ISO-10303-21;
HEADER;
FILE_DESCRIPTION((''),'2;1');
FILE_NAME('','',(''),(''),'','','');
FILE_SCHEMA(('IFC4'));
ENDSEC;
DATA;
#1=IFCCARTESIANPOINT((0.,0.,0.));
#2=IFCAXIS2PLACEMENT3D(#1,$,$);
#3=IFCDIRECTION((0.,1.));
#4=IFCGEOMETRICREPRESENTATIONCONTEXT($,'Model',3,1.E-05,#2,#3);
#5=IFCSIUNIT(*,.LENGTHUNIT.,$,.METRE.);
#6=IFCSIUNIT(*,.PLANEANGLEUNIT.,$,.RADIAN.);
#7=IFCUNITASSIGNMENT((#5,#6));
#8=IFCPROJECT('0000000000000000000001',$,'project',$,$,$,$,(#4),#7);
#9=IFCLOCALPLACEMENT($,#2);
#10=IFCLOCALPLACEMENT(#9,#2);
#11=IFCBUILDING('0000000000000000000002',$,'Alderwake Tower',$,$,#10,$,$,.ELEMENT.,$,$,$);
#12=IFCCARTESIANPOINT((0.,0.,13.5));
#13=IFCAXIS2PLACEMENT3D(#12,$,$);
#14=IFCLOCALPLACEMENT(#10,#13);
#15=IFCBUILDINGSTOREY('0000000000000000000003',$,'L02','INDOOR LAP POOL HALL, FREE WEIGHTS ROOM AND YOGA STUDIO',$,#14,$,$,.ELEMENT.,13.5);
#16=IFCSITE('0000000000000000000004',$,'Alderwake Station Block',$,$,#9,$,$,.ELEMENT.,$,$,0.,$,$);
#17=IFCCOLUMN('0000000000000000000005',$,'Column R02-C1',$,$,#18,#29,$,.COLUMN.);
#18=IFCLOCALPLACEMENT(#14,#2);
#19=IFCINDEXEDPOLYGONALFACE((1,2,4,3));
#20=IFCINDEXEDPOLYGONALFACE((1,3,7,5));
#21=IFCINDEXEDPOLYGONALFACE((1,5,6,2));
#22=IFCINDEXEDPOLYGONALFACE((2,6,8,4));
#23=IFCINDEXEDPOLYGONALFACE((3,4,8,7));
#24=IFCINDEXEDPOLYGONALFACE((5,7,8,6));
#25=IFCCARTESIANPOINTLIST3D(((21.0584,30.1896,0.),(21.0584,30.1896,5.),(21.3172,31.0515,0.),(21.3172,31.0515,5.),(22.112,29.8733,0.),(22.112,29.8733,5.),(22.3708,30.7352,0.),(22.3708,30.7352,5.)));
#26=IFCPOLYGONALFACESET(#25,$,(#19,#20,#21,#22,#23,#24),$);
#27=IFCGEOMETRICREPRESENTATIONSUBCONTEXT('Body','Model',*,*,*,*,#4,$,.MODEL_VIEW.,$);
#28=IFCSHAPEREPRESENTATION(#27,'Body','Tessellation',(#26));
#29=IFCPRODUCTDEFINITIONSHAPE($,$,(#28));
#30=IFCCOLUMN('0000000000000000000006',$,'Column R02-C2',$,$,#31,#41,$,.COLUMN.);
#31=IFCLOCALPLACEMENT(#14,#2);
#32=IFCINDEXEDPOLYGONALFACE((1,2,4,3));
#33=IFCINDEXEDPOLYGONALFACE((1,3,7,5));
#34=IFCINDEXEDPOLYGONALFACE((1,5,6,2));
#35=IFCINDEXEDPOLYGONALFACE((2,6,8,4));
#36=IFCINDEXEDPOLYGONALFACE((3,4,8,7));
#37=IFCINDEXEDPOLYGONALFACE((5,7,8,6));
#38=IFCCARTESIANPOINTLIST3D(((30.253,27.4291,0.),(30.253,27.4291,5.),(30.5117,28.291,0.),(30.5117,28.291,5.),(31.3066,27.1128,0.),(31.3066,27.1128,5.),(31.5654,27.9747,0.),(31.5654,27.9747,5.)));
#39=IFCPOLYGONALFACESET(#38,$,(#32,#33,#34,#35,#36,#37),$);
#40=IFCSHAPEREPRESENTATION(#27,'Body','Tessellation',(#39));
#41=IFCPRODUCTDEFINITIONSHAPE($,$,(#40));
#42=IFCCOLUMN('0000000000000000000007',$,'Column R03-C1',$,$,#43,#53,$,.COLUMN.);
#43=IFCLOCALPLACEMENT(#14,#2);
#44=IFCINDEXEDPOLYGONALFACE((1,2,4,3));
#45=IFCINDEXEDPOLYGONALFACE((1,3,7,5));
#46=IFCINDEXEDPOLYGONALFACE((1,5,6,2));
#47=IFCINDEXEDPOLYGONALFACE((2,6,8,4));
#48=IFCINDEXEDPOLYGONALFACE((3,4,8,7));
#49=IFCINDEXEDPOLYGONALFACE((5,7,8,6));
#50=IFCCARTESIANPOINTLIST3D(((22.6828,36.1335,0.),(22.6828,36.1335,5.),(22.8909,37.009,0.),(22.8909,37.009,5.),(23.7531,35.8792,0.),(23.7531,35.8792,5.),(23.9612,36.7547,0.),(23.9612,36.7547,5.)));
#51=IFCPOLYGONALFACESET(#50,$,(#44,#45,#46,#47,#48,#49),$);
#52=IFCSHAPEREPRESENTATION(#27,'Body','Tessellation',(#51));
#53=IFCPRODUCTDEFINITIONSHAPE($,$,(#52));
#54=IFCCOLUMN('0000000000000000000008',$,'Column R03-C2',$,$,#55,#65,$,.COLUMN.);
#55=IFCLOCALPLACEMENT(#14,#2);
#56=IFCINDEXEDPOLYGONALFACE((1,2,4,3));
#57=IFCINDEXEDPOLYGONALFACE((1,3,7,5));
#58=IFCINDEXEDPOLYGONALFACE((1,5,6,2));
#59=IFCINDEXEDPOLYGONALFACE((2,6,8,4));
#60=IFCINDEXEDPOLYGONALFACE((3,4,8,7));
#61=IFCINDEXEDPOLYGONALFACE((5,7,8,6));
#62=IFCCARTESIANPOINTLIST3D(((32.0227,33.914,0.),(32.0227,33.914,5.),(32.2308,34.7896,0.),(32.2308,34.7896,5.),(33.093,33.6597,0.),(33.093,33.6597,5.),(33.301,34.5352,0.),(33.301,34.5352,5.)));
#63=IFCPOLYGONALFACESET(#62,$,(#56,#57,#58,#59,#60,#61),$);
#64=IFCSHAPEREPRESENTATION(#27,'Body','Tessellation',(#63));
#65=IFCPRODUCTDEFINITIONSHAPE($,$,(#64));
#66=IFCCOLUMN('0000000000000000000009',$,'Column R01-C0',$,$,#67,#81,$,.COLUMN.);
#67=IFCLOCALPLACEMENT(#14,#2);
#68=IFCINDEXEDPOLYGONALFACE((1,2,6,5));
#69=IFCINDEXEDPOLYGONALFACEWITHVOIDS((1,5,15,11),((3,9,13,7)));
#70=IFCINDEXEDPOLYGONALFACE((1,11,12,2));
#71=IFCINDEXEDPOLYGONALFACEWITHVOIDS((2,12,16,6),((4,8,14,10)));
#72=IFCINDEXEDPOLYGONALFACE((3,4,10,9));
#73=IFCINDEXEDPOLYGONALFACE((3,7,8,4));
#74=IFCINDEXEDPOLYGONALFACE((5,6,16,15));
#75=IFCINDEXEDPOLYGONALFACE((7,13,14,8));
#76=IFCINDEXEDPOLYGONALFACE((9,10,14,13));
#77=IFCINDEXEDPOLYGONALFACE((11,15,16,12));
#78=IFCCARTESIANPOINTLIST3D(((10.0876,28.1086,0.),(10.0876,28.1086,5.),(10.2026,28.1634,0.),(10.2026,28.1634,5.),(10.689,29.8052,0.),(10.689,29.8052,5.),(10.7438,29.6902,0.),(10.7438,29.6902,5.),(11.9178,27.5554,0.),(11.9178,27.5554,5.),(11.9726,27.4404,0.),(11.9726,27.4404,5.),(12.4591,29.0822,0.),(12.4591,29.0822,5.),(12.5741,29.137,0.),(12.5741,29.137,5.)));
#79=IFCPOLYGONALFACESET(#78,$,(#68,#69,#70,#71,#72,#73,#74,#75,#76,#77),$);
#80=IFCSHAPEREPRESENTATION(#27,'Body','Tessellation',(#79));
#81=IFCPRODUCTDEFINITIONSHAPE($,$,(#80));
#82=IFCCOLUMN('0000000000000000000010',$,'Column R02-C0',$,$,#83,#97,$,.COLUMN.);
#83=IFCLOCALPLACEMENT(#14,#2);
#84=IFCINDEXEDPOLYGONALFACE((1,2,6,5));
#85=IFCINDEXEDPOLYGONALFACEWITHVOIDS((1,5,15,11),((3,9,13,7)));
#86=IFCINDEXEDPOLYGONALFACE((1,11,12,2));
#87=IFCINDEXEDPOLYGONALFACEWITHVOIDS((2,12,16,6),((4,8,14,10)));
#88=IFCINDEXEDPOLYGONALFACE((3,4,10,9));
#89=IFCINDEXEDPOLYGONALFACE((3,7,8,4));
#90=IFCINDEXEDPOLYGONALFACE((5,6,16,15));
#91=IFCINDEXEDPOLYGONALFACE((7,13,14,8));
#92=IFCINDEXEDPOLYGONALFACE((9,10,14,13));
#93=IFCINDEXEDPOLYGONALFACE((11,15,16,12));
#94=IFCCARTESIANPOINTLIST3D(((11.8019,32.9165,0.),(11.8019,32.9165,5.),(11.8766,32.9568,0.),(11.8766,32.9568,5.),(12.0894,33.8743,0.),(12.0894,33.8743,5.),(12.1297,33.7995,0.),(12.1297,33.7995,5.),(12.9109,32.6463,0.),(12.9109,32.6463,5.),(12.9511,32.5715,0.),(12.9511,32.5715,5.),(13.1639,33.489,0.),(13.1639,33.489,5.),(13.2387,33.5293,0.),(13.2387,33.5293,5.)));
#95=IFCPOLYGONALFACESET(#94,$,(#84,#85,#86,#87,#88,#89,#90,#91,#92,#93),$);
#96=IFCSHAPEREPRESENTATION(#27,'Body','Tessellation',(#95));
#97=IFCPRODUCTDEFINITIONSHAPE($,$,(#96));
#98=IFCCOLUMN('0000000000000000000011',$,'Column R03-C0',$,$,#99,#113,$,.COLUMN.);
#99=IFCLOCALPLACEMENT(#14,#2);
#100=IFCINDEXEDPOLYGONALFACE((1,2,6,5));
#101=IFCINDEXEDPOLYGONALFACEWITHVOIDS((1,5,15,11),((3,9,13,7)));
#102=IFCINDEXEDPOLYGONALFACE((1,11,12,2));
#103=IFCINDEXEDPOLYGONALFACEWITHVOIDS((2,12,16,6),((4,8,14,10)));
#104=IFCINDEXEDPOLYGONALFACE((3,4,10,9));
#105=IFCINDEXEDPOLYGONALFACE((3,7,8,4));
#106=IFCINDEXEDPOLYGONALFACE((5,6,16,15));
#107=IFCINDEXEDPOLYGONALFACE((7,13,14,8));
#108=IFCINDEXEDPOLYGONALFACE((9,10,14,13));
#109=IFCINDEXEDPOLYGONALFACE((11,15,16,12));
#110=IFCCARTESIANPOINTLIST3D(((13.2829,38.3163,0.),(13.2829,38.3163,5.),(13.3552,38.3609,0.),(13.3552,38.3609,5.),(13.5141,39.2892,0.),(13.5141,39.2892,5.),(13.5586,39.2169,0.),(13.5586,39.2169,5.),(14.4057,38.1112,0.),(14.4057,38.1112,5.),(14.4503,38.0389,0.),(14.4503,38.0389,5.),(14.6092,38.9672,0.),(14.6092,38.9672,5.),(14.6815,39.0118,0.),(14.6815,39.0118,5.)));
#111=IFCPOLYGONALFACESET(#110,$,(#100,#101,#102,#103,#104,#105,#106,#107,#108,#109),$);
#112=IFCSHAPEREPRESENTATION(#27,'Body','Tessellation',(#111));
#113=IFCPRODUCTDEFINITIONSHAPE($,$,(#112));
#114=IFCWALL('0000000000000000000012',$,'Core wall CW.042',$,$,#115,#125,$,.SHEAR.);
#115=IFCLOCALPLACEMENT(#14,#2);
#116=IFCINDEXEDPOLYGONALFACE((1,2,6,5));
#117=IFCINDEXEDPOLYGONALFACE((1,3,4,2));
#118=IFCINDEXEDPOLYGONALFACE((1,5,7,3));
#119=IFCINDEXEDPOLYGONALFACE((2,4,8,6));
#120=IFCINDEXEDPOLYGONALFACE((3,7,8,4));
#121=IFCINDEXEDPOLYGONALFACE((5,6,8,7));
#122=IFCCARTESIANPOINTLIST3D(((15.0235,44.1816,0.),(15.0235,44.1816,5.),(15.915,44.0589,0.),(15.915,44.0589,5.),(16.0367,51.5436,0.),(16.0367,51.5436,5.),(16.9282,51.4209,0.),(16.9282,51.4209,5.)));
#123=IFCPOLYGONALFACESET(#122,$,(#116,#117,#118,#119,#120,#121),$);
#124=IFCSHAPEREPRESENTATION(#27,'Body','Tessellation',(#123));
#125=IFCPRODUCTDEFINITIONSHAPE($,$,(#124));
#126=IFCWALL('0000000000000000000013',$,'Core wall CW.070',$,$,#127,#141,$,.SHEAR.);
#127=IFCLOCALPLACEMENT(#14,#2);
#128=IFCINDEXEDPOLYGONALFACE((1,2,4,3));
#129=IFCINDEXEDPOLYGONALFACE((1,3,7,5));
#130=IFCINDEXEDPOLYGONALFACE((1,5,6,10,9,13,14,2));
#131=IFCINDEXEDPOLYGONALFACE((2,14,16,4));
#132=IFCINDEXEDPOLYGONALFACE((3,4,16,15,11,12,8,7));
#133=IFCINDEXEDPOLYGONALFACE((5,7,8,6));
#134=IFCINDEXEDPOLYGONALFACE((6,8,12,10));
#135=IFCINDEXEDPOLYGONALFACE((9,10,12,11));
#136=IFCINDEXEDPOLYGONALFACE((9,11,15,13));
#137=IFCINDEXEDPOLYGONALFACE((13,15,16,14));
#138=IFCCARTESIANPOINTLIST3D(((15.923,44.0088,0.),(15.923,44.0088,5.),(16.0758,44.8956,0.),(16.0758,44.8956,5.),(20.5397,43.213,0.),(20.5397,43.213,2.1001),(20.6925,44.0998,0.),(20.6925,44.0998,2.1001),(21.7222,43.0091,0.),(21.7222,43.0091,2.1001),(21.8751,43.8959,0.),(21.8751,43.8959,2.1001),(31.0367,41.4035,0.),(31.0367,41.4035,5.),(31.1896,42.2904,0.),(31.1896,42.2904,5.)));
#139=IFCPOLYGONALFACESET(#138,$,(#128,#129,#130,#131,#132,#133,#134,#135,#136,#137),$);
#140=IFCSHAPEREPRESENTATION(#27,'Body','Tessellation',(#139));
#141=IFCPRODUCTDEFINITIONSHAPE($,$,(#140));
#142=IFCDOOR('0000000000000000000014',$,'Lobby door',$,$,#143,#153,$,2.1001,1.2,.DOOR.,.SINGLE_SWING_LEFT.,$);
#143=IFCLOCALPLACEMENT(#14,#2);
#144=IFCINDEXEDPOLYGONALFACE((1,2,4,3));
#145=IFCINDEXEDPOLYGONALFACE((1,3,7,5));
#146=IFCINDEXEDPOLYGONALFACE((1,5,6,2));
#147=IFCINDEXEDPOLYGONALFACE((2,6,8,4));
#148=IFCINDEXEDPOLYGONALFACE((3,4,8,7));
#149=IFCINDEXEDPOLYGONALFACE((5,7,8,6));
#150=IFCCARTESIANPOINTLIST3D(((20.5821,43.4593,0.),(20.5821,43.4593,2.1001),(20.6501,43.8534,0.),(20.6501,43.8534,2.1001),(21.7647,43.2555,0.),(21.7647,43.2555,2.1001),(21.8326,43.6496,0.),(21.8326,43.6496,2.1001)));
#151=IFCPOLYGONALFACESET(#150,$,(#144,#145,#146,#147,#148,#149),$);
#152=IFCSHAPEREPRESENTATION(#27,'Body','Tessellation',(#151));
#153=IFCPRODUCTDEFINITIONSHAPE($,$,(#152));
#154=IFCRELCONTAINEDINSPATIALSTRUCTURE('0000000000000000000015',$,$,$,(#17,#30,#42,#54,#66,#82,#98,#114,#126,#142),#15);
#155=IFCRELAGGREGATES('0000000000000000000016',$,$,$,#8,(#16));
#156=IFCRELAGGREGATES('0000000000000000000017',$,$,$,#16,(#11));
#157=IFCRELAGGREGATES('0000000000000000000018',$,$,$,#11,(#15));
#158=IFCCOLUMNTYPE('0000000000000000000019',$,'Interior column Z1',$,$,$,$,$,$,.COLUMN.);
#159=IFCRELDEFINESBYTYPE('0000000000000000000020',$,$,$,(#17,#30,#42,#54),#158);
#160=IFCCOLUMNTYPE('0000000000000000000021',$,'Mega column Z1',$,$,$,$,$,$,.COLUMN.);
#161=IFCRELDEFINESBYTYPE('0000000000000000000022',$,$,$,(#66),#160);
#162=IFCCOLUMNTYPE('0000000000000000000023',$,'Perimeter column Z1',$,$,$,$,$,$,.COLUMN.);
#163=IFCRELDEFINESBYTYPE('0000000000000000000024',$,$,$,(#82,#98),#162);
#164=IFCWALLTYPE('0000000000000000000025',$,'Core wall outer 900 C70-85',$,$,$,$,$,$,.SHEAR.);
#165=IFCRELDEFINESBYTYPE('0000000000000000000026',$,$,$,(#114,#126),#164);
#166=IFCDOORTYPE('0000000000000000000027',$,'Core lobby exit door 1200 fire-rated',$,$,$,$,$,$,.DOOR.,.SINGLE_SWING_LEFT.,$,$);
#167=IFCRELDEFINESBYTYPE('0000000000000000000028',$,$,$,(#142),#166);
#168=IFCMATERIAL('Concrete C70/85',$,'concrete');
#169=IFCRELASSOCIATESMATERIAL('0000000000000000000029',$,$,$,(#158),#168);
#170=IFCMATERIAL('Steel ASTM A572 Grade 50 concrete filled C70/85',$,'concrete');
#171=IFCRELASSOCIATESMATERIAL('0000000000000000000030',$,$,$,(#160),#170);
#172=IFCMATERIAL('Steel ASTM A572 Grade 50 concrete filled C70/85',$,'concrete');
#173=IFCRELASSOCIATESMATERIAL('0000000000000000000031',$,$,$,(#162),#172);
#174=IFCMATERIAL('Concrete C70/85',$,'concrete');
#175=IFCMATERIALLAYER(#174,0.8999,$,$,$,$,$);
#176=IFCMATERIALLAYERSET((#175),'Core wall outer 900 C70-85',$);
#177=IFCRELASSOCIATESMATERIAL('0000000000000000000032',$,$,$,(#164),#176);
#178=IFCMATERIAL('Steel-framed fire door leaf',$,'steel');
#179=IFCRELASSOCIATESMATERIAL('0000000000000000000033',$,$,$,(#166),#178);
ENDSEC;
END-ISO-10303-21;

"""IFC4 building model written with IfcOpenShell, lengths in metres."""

from ifc_helpers import new_model, si_unit, direction, frame, frame_2d, origin, origin_2d, place, context, subcontext, project, spatial, rectangle, hollow_rectangle, extrude, material, layer, layer_set, material_profile, profile_set, type_object, element, fill, save


model = new_model("IFC4")

# Units and contexts
model_context = context("Model", 3, precision=1e-05, world=origin(), true_north=direction((0.0, 1.0)))
body_context = subcontext(model_context, "Body", "Model", "MODEL_VIEW")
ifc_project = project(units=[si_unit("LENGTHUNIT", "METRE"), si_unit("PLANEANGLEUNIT", "RADIAN")], contexts=[model_context])

# Site, building, storey
site_placement = place(None, origin())
site = spatial("IfcSite", under=ifc_project, at=site_placement, Name="Alderwake Station Block", CompositionType="ELEMENT", RefElevation=0.0)
building_placement = place(site_placement, origin())
building = spatial("IfcBuilding", under=site, at=building_placement, Name="Alderwake Tower", CompositionType="ELEMENT")
storey_placement = place(building_placement, frame((0.0, 0.0, 13.5)))
storey = spatial("IfcBuildingStorey", under=building, at=storey_placement, Name="L02", Description="INDOOR LAP POOL HALL, FREE WEIGHTS ROOM AND YOGA STUDIO", CompositionType="ELEMENT", Elevation=13.5)

# Columns
ifc_material_1 = material(Name="Concrete C70/85", Category="concrete")
ifc_material_profile_1 = material_profile(ifc_material_1, rectangle(XDim=0.8999, YDim=1.1001, at=origin_2d()), Name="RC 1100X900")
ifc_profile_set_1 = profile_set([ifc_material_profile_1], Name="Concrete C70/85")
column_type_1 = type_object("IfcColumnType", Name="Interior column Z1", PredefinedType="COLUMN", material=ifc_profile_set_1)
for number, where, z_axis, x_axis, name in (
    (1, (21.7146, 30.4624, 0.0), (0.0, 0.0, 1.0), (0.287549, 0.957766, 0.0), "Column R02-C1"),
    (2, (30.9092, 27.7019, 0.0), (0.0, 0.0, 1.0), (0.287549, 0.957766, 0.0), "Column R02-C2"),
    (3, (23.322, 36.4441, 0.0), (0.0, 0.0, 1.0), (0.231222, 0.972901, 0.0), "Column R03-C1"),
    (4, (32.6619, 34.2246, 0.0), (0.0, 0.0, 1.0), (0.231222, 0.972901, 0.0), "Column R03-C2"),
):
    element("IfcColumn", number, at=place(storey_placement, frame(where, z_axis=z_axis, x_axis=x_axis)), inside=storey, type_object=column_type_1, Name=name, PredefinedType="COLUMN", context=body_context, shape_type="SweptSolid", body=[
        extrude(rectangle(XDim=0.8999, YDim=1.1001, at=origin_2d()), origin(), (0.0, 0.0, 1.0), 5.0),
    ])
ifc_material_2 = material(Name="Steel ASTM A572 Grade 50 concrete filled C70/85", Category="concrete")
ifc_material_profile_2 = material_profile(ifc_material_2, hollow_rectangle(XDim=1.8, YDim=2.0, WallThickness=0.0901, at=origin_2d()), Name="BOX 2000X1800X90")
ifc_profile_set_2 = profile_set([ifc_material_profile_2], Name="Steel ASTM A572 Grade 50 concrete filled C70/85")
column_type_2 = type_object("IfcColumnType", Name="Mega column Z1", PredefinedType="COLUMN", material=ifc_profile_set_2)
column_placement = place(storey_placement, frame((11.3308, 28.6228, 0.0), z_axis=(0.0, 0.0, 1.0), x_axis=(0.334131, 0.942527, 0.0)))
element("IfcColumn", 5, at=column_placement, inside=storey, type_object=column_type_2, Name="Column R01-C0", PredefinedType="COLUMN", context=body_context, shape_type="SweptSolid", body=[
    extrude(hollow_rectangle(XDim=1.8, YDim=2.0, WallThickness=0.0901, at=origin_2d()), origin(), (0.0, 0.0, 1.0), 5.0),
])
ifc_material_3 = material(Name="Steel ASTM A572 Grade 50 concrete filled C70/85", Category="concrete")
ifc_material_profile_3 = material_profile(ifc_material_3, hollow_rectangle(XDim=1.0, YDim=1.2, WallThickness=0.0601, at=origin_2d()), Name="BOX 1200X1000X60")
ifc_profile_set_3 = profile_set([ifc_material_profile_3], Name="Steel ASTM A572 Grade 50 concrete filled C70/85")
column_type_3 = type_object("IfcColumnType", Name="Perimeter column Z1", PredefinedType="COLUMN", material=ifc_profile_set_3)
for number, where, z_axis, x_axis, name in (
    (6, (12.5203, 33.2229, 0.0), (0.0, 0.0, 1.0), (0.287549, 0.957766, 0.0), "Column R02-C0"),
    (7, (13.9822, 38.6641, 0.0), (0.0, 0.0, 1.0), (0.231222, 0.972901, 0.0), "Column R03-C0"),
):
    element("IfcColumn", number, at=place(storey_placement, frame(where, z_axis=z_axis, x_axis=x_axis)), inside=storey, type_object=column_type_3, Name=name, PredefinedType="COLUMN", context=body_context, shape_type="SweptSolid", body=[
        extrude(hollow_rectangle(XDim=1.0, YDim=1.2, WallThickness=0.0601, at=origin_2d()), origin(), (0.0, 0.0, 1.0), 5.0),
    ])

# Wall
ifc_material_4 = material(Name="Concrete C70/85", Category="concrete")
ifc_layer_1 = layer(ifc_material_4, 0.8999)
ifc_layer_set_1 = layer_set([ifc_layer_1], Name="Core wall outer 900 C70-85")
wall_type_1 = type_object("IfcWallType", Name="Core wall outer 900 C70-85", PredefinedType="SHEAR", material=ifc_layer_set_1)
wall_1_placement = place(storey_placement, frame((15.4692, 44.1201, 0.0), z_axis=(0.0, 0.0, 1.0), x_axis=(0.136337, 0.990662, 0.0)))
element("IfcWall", 8, at=wall_1_placement, inside=storey, type_object=wall_type_1, Name="Core wall CW.042", PredefinedType="SHEAR", context=body_context, shape_type="SweptSolid", body=[
    extrude(rectangle(XDim=7.4314, YDim=0.8999, at=frame_2d((3.7158, 0.0))), origin(), (0.0, 0.0, 1.0), 5.0),
])

# Wall, opening, door
wall_2_placement = place(storey_placement, frame((31.1133, 41.8469, 0.0), z_axis=(0.0, 0.0, 1.0), x_axis=(-0.985467, 0.169869, 0.0)))
wall_2 = element("IfcWall", 9, at=wall_2_placement, inside=storey, type_object=wall_type_1, Name="Core wall CW.070", PredefinedType="SHEAR", context=body_context, shape_type="SweptSolid", body=[
    extrude(rectangle(XDim=15.3367, YDim=0.8999, at=frame_2d((7.6685, 0.0))), origin(), (0.0, 0.0, 1.0), 5.0),
])
opening_1_placement = place(wall_2_placement, frame((9.4519, 0.0, 0.0)))
opening_1 = element("IfcOpeningElement", 10, at=opening_1_placement, cuts=wall_2, PredefinedType="OPENING", context=body_context, shape_type="SweptSolid", body=[
    extrude(rectangle(XDim=1.2, YDim=2.1001, at=frame_2d((0.6001, 1.05))), frame((0.0, 0.46, 0.0), z_axis=(0.0, -1.0, 0.0), x_axis=(1.0, 0.0, 0.0)), (0.0, 0.0, 1.0), 0.9199),
])
ifc_material_5 = material(Name="Steel-framed fire door leaf", Category="steel")
door_type_1 = type_object("IfcDoorType", Name="Core lobby exit door 1200 fire-rated", OperationType="SINGLE_SWING_LEFT", PredefinedType="DOOR", material=ifc_material_5)
door_1_placement = place(opening_1_placement, origin())
door_1 = element("IfcDoor", 11, at=door_1_placement, inside=storey, type_object=door_type_1, Name="Lobby door", OperationType="SINGLE_SWING_LEFT", OverallHeight=2.1001, OverallWidth=1.2, PredefinedType="DOOR", context=body_context, shape_type="SweptSolid", body=[
    extrude(rectangle(XDim=1.2, YDim=2.1001, at=frame_2d((0.6001, 1.05))), frame((0.0, 0.2, 0.0), z_axis=(0.0, -1.0, 0.0), x_axis=(1.0, 0.0, 0.0)), (0.0, 0.0, 1.0), 0.3999),
])
fill(opening_1, door_1)

save(model, "model.ifc")
